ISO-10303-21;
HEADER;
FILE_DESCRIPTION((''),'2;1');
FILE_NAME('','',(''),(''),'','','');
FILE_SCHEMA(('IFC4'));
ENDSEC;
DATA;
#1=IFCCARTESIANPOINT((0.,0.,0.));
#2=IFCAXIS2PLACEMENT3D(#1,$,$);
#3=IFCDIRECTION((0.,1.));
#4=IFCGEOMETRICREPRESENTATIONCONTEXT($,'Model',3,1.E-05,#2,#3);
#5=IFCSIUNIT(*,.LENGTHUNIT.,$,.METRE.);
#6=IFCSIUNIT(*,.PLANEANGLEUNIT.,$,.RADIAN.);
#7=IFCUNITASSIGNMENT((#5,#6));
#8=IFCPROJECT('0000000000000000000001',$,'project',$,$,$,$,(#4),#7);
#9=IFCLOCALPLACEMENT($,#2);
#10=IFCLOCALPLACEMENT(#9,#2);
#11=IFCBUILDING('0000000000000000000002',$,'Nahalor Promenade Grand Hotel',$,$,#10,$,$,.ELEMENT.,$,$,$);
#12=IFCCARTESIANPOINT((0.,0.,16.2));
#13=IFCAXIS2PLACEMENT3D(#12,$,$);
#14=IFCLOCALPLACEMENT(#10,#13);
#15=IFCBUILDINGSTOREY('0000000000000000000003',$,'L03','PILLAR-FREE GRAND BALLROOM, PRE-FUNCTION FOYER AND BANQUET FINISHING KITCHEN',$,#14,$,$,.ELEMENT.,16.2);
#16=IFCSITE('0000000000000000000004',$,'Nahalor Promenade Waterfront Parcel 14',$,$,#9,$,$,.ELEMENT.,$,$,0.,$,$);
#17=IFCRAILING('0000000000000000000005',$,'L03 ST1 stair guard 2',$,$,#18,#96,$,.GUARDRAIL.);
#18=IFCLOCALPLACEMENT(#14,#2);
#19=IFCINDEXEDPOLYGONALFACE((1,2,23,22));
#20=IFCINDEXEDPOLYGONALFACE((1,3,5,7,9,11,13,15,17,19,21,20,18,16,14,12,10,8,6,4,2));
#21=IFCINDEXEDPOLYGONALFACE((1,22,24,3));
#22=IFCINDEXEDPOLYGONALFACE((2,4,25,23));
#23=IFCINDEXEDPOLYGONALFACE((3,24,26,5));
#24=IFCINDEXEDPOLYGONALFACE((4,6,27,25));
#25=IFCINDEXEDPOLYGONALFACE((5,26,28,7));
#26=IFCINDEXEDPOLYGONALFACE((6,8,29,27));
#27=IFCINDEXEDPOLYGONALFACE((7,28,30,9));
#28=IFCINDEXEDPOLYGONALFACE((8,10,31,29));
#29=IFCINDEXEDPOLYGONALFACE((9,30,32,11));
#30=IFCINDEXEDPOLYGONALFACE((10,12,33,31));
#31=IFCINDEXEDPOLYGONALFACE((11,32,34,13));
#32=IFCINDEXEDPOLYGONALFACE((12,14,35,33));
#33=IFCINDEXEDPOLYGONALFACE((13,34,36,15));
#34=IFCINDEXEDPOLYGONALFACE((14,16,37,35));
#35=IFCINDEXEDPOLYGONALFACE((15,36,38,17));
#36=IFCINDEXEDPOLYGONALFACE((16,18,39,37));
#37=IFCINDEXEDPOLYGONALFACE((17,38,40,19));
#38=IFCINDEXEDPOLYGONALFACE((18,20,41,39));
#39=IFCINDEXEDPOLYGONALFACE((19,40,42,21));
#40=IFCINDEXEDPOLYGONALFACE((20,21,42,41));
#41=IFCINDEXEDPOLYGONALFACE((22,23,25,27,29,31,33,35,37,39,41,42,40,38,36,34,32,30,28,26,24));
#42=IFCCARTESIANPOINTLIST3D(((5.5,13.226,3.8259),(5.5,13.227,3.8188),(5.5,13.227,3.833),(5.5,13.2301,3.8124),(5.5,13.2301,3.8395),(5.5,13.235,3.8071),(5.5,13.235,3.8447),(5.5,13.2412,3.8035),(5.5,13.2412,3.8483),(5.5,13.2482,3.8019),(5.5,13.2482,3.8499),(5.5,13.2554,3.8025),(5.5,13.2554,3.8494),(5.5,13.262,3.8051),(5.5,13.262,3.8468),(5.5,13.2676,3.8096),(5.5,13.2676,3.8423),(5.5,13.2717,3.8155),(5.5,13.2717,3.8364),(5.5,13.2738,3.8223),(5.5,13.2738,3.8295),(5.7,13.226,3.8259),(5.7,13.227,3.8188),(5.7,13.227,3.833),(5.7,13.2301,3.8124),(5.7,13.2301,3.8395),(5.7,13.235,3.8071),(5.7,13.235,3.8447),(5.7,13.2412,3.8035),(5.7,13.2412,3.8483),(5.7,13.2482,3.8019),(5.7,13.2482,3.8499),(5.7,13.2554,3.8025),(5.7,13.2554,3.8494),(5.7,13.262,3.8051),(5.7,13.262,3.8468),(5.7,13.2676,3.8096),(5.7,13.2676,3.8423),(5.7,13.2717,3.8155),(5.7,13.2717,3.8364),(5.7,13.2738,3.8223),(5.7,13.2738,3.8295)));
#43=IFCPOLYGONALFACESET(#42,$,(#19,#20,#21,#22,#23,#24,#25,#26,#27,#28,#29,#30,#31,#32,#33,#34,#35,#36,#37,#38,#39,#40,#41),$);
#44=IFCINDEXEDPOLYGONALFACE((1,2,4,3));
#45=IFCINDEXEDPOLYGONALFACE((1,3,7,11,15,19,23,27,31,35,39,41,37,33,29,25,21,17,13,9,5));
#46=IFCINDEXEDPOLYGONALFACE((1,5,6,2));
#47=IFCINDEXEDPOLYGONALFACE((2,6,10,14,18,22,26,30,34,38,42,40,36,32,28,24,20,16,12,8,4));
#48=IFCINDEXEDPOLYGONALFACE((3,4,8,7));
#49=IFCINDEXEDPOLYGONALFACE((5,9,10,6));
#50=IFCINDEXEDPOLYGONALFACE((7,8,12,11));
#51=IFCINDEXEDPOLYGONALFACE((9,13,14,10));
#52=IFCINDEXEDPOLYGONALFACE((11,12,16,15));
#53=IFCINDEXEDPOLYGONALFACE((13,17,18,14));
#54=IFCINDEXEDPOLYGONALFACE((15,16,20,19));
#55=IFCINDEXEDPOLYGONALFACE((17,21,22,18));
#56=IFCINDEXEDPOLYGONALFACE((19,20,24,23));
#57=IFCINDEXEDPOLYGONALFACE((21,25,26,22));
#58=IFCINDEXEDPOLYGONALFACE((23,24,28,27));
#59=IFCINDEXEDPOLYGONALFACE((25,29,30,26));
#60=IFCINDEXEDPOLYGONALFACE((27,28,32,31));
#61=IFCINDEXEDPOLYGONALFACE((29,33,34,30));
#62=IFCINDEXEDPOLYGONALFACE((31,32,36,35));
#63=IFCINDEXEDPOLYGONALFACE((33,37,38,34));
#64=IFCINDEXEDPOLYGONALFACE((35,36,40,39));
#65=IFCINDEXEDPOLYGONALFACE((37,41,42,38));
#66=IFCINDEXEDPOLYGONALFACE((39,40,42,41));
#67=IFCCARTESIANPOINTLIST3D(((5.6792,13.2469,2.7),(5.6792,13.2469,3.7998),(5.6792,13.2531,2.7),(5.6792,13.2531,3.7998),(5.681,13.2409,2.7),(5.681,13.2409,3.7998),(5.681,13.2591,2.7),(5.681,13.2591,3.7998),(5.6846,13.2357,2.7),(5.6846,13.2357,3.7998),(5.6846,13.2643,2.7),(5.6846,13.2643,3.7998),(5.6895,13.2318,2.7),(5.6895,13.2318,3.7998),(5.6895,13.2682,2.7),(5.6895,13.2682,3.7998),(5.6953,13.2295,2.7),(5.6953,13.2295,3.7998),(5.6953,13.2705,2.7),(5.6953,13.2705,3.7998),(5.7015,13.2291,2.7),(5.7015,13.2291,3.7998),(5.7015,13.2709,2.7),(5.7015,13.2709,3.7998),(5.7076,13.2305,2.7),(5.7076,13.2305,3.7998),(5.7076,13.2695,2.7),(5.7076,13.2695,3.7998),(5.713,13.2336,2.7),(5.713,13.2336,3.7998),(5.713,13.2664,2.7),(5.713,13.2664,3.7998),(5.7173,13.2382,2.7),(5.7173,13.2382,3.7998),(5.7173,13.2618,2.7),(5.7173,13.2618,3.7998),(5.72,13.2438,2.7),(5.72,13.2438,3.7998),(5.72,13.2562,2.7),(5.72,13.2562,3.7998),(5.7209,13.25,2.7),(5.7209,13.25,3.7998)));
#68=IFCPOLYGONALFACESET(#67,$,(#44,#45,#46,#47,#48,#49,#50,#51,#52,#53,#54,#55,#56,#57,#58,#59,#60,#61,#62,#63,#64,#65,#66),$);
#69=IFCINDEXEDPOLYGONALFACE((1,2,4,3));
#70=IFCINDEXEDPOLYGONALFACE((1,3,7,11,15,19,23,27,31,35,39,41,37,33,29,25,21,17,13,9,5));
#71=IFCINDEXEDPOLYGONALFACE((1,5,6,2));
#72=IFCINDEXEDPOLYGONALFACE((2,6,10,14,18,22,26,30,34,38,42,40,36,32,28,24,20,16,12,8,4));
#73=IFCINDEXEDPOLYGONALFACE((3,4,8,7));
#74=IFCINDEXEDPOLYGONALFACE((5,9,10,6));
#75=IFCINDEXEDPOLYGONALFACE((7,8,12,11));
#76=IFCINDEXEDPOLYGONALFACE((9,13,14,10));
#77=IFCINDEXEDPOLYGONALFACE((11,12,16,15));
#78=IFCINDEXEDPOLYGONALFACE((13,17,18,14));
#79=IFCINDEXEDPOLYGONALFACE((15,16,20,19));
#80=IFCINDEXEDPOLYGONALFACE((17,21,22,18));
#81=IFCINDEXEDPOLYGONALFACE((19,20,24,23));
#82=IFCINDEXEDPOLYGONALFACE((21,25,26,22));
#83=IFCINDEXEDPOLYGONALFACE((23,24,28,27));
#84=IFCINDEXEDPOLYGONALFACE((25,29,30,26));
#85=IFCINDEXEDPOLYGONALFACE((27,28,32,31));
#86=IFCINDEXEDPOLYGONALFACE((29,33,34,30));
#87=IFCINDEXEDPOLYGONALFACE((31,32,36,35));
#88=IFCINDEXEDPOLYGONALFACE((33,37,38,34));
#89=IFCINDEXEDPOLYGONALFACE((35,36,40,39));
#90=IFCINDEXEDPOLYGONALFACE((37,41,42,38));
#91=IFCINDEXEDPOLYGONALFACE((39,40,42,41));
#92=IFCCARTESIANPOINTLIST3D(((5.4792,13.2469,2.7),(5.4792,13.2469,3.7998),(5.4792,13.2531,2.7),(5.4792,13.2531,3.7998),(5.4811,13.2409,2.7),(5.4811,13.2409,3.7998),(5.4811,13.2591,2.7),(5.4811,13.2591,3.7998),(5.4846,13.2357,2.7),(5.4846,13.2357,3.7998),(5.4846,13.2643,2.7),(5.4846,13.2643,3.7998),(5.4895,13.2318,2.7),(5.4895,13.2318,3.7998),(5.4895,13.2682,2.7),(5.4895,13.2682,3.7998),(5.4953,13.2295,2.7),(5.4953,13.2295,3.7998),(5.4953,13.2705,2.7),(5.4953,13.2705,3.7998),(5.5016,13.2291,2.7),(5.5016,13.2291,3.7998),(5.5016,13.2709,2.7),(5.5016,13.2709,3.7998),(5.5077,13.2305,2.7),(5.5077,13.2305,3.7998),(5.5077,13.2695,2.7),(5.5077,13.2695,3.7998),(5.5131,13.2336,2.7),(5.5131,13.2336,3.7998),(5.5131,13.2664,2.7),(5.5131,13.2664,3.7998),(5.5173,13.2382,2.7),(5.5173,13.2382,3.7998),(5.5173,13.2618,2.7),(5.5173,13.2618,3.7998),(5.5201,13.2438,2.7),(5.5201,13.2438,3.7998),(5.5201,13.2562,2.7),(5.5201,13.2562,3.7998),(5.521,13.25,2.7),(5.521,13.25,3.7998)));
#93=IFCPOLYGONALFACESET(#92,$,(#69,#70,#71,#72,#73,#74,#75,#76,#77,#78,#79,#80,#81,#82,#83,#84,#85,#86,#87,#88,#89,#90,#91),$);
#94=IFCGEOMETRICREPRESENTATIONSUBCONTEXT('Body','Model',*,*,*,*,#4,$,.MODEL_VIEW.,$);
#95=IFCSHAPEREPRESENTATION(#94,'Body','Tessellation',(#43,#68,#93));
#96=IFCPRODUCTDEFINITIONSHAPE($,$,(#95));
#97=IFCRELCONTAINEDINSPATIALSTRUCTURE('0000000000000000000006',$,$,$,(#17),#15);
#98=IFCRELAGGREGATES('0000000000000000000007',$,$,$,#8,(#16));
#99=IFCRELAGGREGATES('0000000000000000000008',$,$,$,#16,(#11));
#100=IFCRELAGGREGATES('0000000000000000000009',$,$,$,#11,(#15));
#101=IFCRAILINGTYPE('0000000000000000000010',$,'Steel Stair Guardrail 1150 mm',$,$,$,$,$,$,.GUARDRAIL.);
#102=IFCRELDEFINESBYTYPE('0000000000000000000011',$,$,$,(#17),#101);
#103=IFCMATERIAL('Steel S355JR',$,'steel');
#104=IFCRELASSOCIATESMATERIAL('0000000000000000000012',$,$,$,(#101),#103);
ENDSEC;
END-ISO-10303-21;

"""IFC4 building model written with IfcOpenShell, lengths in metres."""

from ifc_helpers import new_model, si_unit, direction, frame, origin, origin_2d, place, context, subcontext, project, spatial, circle, extrude, material, type_object, element, save


model = new_model("IFC4")

# Units and contexts
model_context = context("Model", 3, precision=1e-05, world=origin(), true_north=direction((0.0, 1.0)))
body_context = subcontext(model_context, "Body", "Model", "MODEL_VIEW")
ifc_project = project(units=[si_unit("LENGTHUNIT", "METRE"), si_unit("PLANEANGLEUNIT", "RADIAN")], contexts=[model_context])

# Site, building, storey
site_placement = place(None, origin())
site = spatial("IfcSite", under=ifc_project, at=site_placement, Name="Nahalor Promenade Waterfront Parcel 14", CompositionType="ELEMENT", RefElevation=0.0)
building_placement = place(site_placement, origin())
building = spatial("IfcBuilding", under=site, at=building_placement, Name="Nahalor Promenade Grand Hotel", CompositionType="ELEMENT")
storey_placement = place(building_placement, frame((0.0, 0.0, 16.2)))
storey = spatial("IfcBuildingStorey", under=building, at=storey_placement, Name="L03", Description="PILLAR-FREE GRAND BALLROOM, PRE-FUNCTION FOYER AND BANQUET FINISHING KITCHEN", CompositionType="ELEMENT", Elevation=16.2)

# Shared definitions
ifc_material_1 = material(Name="Steel S355JR", Category="steel")

# Railing
railing_type = type_object("IfcRailingType", Name="Steel Stair Guardrail 1150 mm", PredefinedType="GUARDRAIL", material=ifc_material_1)
railing_1_placement = place(storey_placement, frame((5.7, 13.25, 2.7)))
element("IfcRailing", 1, at=railing_1_placement, inside=storey, type_object=railing_type, Name="L03 ST1 stair guard 2", PredefinedType="GUARDRAIL", context=body_context, shape_type="SweptSolid", body=[
    extrude(circle(Radius=0.024, at=origin_2d()), frame((0.0, 0.0, 1.126), z_axis=(-1.0, 0.0, 0.0), x_axis=(0.0, -1.0, 0.0)), (0.0, 0.0, 1.0), 0.2),
    extrude(circle(Radius=0.021, at=origin_2d()), origin(), (0.0, 0.0, 1.0), 1.0999),
    extrude(circle(Radius=0.021, at=origin_2d()), frame((-0.2, 0.0, 0.0)), (0.0, 0.0, 1.0), 1.0999),
])

save(model, "model.ifc")
